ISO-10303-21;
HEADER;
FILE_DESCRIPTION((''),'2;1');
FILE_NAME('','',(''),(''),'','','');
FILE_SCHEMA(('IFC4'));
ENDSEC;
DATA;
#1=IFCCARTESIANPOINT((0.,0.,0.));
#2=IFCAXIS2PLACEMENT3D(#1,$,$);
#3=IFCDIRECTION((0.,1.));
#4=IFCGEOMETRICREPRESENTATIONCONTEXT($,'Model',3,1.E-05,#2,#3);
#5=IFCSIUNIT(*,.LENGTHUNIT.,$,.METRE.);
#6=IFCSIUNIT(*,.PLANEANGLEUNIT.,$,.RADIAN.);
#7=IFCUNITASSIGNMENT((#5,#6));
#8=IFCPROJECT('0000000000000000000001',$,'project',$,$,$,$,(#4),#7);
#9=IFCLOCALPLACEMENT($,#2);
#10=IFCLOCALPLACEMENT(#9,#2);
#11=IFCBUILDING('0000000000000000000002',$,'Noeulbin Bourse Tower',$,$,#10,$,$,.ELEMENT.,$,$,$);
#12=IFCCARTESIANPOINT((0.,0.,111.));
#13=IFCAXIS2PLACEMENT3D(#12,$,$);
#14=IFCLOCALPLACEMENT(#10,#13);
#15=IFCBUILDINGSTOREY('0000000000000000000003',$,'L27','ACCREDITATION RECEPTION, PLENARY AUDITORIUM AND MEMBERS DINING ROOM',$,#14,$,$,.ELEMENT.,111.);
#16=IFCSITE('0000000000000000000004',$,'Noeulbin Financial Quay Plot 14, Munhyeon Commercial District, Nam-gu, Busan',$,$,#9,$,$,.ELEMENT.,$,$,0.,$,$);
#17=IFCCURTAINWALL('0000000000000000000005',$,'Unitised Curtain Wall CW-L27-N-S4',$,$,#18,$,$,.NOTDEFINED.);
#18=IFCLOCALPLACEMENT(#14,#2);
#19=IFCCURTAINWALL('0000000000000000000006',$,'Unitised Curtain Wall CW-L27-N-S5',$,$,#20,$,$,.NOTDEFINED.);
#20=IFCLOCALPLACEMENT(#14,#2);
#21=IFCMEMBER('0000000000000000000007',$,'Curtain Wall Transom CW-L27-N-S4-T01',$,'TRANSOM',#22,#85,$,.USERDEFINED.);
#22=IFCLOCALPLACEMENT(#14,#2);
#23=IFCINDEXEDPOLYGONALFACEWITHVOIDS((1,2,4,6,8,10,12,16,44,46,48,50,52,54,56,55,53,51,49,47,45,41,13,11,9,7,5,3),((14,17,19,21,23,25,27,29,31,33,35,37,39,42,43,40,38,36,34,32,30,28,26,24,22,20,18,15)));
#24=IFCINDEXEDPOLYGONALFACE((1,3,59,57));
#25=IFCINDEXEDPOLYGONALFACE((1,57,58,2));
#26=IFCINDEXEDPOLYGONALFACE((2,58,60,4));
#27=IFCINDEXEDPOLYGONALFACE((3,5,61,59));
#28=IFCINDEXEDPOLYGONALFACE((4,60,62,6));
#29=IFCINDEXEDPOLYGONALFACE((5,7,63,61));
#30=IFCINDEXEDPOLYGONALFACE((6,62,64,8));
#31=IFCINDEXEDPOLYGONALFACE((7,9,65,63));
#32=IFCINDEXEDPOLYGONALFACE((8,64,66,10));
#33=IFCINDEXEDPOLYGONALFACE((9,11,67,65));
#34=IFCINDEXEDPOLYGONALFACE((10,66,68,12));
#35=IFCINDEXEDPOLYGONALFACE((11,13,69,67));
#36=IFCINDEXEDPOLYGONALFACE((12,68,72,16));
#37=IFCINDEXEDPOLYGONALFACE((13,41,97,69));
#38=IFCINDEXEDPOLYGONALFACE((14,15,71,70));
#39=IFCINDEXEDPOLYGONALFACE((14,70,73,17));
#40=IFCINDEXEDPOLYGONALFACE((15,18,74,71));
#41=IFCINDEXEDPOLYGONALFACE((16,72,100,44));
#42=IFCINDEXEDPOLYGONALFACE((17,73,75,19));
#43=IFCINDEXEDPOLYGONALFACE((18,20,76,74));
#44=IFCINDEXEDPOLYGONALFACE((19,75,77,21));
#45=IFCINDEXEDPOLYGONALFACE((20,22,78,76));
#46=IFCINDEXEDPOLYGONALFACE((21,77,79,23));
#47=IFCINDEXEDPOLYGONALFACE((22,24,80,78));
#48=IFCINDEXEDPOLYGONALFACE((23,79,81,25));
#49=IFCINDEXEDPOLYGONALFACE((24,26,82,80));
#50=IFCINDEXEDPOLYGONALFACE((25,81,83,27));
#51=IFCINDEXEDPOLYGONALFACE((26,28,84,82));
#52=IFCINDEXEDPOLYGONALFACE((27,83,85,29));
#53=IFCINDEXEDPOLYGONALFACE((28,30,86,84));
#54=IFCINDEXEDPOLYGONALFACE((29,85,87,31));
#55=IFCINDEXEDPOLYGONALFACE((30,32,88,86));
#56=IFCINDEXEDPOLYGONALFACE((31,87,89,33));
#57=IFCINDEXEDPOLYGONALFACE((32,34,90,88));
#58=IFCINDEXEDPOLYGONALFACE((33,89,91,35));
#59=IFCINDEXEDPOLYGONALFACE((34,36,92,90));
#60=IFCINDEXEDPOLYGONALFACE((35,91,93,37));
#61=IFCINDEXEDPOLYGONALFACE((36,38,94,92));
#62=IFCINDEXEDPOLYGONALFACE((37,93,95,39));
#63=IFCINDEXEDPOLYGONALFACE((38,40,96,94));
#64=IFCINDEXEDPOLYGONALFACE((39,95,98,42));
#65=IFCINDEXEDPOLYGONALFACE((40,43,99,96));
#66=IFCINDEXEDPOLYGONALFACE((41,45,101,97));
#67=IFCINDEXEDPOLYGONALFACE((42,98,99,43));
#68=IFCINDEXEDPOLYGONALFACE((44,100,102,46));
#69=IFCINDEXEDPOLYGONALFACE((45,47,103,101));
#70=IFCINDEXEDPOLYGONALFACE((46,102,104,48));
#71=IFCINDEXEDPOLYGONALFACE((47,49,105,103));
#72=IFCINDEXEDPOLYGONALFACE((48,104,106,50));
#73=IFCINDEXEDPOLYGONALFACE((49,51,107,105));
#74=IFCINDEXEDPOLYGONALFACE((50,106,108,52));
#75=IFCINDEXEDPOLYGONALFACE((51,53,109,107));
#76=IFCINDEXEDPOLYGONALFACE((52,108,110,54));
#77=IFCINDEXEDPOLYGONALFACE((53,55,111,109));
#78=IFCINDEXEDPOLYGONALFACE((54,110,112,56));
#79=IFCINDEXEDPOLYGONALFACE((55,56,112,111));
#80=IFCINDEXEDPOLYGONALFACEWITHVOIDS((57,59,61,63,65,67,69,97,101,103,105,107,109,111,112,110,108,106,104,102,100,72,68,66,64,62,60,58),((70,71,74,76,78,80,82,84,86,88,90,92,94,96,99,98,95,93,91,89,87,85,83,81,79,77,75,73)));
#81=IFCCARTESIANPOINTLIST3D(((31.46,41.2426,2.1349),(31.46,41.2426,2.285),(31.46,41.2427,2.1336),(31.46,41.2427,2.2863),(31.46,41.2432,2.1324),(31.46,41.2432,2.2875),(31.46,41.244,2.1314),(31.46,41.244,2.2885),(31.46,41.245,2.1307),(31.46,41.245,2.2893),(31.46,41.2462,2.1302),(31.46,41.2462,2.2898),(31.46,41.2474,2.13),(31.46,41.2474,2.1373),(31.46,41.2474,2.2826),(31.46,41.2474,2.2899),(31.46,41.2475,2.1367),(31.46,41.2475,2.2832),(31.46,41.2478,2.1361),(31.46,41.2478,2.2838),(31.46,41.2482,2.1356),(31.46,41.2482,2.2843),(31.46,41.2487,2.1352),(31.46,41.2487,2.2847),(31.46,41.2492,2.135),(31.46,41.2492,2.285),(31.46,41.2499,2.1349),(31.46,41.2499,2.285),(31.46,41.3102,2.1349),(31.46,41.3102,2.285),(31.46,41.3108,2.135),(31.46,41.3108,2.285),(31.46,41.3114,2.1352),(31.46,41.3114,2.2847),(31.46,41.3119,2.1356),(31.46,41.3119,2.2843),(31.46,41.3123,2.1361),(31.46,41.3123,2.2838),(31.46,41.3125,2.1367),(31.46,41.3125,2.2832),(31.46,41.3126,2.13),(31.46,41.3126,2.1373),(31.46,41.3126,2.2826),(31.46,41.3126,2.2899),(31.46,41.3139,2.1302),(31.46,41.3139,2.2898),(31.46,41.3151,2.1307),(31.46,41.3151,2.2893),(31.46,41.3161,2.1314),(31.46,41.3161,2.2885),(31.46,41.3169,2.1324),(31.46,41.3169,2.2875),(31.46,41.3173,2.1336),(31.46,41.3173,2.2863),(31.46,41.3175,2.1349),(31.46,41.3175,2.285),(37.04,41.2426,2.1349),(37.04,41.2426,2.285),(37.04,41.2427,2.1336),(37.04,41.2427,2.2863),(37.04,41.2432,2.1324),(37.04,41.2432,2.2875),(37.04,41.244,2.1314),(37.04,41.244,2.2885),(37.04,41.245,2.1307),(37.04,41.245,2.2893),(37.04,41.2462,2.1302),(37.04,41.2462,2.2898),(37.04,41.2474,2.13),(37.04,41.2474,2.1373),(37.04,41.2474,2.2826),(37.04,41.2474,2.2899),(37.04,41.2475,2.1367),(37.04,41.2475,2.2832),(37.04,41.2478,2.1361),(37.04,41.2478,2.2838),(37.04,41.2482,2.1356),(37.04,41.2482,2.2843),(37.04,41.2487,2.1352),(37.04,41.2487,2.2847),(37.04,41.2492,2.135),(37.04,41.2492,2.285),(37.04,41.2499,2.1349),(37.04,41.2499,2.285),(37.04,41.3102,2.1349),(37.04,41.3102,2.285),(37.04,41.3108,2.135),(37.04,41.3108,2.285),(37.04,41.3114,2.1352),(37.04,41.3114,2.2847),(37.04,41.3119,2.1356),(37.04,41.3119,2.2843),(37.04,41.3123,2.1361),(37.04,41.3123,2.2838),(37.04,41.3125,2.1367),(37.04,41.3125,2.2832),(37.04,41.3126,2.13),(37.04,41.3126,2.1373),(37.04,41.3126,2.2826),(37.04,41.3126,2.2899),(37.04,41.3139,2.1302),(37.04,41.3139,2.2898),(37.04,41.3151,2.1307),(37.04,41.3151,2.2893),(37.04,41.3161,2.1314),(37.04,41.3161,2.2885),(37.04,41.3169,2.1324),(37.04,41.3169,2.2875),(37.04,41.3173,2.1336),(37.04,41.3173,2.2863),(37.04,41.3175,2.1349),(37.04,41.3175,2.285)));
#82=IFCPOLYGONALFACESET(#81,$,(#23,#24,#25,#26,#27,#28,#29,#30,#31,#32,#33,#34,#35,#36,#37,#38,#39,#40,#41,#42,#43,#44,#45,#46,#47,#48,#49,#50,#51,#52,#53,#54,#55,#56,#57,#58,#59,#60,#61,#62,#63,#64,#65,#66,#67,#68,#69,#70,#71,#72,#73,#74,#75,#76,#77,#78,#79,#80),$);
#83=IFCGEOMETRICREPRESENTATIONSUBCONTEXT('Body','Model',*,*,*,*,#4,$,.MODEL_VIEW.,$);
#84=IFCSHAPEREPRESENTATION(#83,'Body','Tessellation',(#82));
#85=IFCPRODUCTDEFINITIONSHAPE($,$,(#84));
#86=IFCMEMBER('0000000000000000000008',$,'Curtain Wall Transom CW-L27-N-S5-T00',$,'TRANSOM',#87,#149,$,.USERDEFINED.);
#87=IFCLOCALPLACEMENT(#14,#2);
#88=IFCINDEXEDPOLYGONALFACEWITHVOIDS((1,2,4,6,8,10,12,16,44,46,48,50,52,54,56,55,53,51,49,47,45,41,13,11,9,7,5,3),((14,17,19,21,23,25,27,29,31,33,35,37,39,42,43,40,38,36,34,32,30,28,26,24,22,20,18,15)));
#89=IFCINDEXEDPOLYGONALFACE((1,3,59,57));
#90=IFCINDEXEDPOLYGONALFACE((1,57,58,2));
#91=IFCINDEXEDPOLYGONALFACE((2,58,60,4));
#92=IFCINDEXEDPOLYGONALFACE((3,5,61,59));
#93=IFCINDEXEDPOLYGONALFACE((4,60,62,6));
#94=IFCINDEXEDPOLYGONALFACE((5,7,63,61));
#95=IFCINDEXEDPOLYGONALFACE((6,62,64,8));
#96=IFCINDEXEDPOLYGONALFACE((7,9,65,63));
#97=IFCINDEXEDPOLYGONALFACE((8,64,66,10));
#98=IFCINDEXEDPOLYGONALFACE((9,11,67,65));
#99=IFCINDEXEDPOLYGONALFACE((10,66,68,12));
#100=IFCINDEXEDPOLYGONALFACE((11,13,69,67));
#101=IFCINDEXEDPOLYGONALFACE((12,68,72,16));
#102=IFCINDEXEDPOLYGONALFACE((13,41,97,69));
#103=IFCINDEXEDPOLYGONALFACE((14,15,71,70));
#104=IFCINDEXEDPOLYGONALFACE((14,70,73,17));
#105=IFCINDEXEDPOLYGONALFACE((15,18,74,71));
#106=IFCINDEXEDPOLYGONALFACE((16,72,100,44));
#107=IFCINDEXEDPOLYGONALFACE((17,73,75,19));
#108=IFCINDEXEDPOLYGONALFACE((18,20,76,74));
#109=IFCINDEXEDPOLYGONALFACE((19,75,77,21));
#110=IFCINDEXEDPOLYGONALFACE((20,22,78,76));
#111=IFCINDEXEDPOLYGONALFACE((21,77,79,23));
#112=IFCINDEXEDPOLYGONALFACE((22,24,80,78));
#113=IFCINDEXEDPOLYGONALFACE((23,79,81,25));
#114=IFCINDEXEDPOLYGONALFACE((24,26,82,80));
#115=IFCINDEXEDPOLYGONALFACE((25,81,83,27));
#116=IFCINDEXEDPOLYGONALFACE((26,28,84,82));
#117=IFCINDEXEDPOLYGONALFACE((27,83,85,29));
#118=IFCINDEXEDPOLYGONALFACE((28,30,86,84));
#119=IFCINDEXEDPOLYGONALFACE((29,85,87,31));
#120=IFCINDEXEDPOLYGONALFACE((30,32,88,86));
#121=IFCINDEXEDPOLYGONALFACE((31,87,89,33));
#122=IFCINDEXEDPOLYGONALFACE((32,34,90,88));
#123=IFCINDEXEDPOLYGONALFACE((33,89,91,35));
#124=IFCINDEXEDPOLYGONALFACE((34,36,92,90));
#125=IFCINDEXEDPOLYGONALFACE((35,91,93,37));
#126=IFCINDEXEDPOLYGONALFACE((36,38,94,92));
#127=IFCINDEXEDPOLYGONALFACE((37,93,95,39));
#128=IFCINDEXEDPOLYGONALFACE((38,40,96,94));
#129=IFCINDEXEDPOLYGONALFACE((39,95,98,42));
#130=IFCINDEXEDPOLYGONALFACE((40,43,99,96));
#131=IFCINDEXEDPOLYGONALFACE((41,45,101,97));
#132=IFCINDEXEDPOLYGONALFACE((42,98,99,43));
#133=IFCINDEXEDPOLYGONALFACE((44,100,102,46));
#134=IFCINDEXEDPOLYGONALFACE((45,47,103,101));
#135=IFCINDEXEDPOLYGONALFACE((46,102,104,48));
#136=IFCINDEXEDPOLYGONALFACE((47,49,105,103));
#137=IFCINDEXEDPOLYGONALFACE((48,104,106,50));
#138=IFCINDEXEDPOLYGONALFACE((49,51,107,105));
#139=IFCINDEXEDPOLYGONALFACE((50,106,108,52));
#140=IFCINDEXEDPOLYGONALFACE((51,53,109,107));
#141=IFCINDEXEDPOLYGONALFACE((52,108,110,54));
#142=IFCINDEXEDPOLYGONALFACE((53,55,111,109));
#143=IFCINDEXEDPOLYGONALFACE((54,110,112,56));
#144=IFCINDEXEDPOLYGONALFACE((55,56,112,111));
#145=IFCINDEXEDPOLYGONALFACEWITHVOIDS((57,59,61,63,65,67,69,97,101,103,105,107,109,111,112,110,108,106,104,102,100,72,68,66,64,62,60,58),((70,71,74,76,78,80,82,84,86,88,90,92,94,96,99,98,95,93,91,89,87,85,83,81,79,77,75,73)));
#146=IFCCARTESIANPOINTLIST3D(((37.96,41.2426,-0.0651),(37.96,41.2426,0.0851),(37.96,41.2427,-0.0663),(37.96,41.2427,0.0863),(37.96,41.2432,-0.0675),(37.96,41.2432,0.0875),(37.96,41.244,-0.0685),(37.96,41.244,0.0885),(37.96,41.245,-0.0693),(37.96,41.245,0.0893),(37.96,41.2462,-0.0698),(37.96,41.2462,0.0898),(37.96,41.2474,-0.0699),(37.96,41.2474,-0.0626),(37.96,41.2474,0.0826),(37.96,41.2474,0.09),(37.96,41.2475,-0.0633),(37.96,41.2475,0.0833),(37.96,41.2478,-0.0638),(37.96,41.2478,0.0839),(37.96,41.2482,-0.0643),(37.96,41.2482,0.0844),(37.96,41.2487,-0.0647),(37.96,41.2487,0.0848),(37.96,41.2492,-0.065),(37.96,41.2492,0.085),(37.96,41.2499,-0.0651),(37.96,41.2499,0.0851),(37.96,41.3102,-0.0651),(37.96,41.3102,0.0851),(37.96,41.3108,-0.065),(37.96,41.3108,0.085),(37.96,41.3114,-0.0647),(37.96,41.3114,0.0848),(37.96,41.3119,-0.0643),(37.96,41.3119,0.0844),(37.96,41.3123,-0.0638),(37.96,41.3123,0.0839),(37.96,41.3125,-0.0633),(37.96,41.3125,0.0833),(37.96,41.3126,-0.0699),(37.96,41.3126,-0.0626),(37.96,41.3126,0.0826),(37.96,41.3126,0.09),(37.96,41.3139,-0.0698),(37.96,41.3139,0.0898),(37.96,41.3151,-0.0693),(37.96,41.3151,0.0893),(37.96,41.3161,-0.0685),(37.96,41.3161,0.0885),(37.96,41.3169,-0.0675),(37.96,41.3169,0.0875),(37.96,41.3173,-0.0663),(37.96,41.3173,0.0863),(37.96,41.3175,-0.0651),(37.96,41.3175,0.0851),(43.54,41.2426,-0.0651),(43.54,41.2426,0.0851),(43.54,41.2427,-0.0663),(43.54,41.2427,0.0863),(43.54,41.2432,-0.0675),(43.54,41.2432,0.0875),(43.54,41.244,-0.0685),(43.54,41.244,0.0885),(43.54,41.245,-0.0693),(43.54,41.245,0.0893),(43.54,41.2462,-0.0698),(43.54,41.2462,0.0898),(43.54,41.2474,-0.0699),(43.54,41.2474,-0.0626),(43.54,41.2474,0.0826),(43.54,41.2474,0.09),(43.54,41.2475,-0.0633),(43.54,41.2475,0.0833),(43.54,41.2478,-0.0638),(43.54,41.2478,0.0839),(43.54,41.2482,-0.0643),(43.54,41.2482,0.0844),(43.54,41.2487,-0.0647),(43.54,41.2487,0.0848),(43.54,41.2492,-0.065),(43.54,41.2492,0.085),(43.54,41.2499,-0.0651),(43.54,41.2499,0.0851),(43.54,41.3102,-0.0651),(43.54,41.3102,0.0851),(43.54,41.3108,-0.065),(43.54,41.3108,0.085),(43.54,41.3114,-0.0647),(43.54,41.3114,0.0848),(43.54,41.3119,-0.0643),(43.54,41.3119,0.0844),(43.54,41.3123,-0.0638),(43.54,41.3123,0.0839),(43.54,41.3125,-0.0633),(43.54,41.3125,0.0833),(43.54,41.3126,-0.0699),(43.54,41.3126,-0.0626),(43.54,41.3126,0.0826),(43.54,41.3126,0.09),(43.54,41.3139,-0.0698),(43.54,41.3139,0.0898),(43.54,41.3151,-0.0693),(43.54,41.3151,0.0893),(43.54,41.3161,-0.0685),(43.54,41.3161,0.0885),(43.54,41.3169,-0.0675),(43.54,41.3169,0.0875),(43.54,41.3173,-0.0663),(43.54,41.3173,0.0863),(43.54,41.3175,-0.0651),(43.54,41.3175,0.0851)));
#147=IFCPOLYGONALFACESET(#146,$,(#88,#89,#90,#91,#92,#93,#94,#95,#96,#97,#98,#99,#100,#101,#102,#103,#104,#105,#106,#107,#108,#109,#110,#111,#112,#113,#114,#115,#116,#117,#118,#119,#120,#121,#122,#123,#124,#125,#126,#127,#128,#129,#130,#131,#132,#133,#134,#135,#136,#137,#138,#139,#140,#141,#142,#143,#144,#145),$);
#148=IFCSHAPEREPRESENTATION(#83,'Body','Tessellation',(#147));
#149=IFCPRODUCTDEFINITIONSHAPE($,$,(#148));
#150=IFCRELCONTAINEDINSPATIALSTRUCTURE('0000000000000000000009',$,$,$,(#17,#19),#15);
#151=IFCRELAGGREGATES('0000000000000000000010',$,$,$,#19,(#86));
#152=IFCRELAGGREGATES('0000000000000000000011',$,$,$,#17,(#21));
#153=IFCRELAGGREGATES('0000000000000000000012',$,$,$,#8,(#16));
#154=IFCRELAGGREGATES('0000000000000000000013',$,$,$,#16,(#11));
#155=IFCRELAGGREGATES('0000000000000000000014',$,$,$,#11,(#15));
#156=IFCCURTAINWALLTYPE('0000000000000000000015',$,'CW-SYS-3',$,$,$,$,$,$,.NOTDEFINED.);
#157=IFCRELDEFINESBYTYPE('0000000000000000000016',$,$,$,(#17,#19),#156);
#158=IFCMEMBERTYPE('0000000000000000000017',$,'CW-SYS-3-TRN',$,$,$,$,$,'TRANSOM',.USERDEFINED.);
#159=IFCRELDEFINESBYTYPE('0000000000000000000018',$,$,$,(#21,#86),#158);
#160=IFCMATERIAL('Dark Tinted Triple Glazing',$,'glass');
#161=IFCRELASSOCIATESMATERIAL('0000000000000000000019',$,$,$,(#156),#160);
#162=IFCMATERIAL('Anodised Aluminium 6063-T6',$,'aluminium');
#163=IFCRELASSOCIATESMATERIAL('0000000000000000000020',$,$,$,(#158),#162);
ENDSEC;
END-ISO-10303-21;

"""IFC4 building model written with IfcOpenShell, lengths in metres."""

from ifc_helpers import new_model, si_unit, direction, frame, origin, origin_2d, place, context, subcontext, project, spatial, hollow_rectangle, extrude, material, material_profile, profile_set, type_object, element, aggregate, save


model = new_model("IFC4")

# Units and contexts
model_context = context("Model", 3, precision=1e-05, world=origin(), true_north=direction((0.0, 1.0)))
body_context = subcontext(model_context, "Body", "Model", "MODEL_VIEW")
ifc_project = project(units=[si_unit("LENGTHUNIT", "METRE"), si_unit("PLANEANGLEUNIT", "RADIAN")], contexts=[model_context])

# Site, building, storey
site_placement = place(None, origin())
site = spatial("IfcSite", under=ifc_project, at=site_placement, Name="Noeulbin Financial Quay Plot 14, Munhyeon Commercial District, Nam-gu, Busan", CompositionType="ELEMENT", RefElevation=0.0)
building_placement = place(site_placement, origin())
building = spatial("IfcBuilding", under=site, at=building_placement, Name="Noeulbin Bourse Tower", CompositionType="ELEMENT")
storey_placement = place(building_placement, frame((0.0, 0.0, 111.0)))
storey = spatial("IfcBuildingStorey", under=building, at=storey_placement, Name="L27", Description="ACCREDITATION RECEPTION, PLENARY AUDITORIUM AND MEMBERS DINING ROOM", CompositionType="ELEMENT", Elevation=111.0)

# Shared definitions
ifc_material_1 = material(Name="Dark Tinted Triple Glazing", Category="glass")
curtain_wall_type = type_object("IfcCurtainWallType", Name="CW-SYS-3", PredefinedType="NOTDEFINED", material=ifc_material_1)
ifc_material_2 = material(Name="Anodised Aluminium 6063-T6", Category="aluminium")

# Curtain wall
curtain_wall_1_placement = place(storey_placement, origin())
curtain_wall_1 = element("IfcCurtainWall", 1, at=curtain_wall_1_placement, inside=storey, type_object=curtain_wall_type, Name="Unitised Curtain Wall CW-L27-N-S4", PredefinedType="NOTDEFINED")

# Curtain wall
curtain_wall_2_placement = place(storey_placement, origin())
curtain_wall_2 = element("IfcCurtainWall", 2, at=curtain_wall_2_placement, inside=storey, type_object=curtain_wall_type, Name="Unitised Curtain Wall CW-L27-N-S5", PredefinedType="NOTDEFINED")

# Members
ifc_material_profile_1 = material_profile(ifc_material_2, hollow_rectangle(XDim=0.075, YDim=0.1599, WallThickness=0.0049, InnerFilletRadius=0.0024, OuterFilletRadius=0.0049, at=origin_2d()), Name="ALU-TRAN-75x160x5", Category="LoadBearing")
ifc_profile_set_1 = profile_set([ifc_material_profile_1], Name="Anodised Aluminium 6063-T6")
member_type_1 = type_object("IfcMemberType", Name="CW-SYS-3-TRN", ElementType="TRANSOM", PredefinedType="USERDEFINED", material=ifc_profile_set_1)
member_1_placement = place(storey_placement, frame((31.46, 41.28, 2.21), z_axis=(1.0, 0.0, 0.0), x_axis=(0.0, 1.0, 0.0)))
member_1 = element("IfcMember", 3, at=member_1_placement, type_object=member_type_1, Name="Curtain Wall Transom CW-L27-N-S4-T01", ObjectType="TRANSOM", PredefinedType="USERDEFINED", context=body_context, shape_type="SweptSolid", body=[
    extrude(hollow_rectangle(XDim=0.075, YDim=0.1599, WallThickness=0.0049, InnerFilletRadius=0.0024, OuterFilletRadius=0.0049, at=origin_2d()), origin(), (0.0, 0.0, 1.0), 5.5801),
])
member_2_placement = place(storey_placement, frame((37.96, 41.28, 0.01), z_axis=(1.0, 0.0, 0.0), x_axis=(0.0, 1.0, 0.0)))
member_2 = element("IfcMember", 4, at=member_2_placement, type_object=member_type_1, Name="Curtain Wall Transom CW-L27-N-S5-T00", ObjectType="TRANSOM", PredefinedType="USERDEFINED", context=body_context, shape_type="SweptSolid", body=[
    extrude(hollow_rectangle(XDim=0.075, YDim=0.1599, WallThickness=0.0049, InnerFilletRadius=0.0024, OuterFilletRadius=0.0049, at=origin_2d()), origin(), (0.0, 0.0, 1.0), 5.5801),
])
aggregate(curtain_wall_2, [member_2])

aggregate(curtain_wall_1, [member_1])

save(model, "model.ifc")
